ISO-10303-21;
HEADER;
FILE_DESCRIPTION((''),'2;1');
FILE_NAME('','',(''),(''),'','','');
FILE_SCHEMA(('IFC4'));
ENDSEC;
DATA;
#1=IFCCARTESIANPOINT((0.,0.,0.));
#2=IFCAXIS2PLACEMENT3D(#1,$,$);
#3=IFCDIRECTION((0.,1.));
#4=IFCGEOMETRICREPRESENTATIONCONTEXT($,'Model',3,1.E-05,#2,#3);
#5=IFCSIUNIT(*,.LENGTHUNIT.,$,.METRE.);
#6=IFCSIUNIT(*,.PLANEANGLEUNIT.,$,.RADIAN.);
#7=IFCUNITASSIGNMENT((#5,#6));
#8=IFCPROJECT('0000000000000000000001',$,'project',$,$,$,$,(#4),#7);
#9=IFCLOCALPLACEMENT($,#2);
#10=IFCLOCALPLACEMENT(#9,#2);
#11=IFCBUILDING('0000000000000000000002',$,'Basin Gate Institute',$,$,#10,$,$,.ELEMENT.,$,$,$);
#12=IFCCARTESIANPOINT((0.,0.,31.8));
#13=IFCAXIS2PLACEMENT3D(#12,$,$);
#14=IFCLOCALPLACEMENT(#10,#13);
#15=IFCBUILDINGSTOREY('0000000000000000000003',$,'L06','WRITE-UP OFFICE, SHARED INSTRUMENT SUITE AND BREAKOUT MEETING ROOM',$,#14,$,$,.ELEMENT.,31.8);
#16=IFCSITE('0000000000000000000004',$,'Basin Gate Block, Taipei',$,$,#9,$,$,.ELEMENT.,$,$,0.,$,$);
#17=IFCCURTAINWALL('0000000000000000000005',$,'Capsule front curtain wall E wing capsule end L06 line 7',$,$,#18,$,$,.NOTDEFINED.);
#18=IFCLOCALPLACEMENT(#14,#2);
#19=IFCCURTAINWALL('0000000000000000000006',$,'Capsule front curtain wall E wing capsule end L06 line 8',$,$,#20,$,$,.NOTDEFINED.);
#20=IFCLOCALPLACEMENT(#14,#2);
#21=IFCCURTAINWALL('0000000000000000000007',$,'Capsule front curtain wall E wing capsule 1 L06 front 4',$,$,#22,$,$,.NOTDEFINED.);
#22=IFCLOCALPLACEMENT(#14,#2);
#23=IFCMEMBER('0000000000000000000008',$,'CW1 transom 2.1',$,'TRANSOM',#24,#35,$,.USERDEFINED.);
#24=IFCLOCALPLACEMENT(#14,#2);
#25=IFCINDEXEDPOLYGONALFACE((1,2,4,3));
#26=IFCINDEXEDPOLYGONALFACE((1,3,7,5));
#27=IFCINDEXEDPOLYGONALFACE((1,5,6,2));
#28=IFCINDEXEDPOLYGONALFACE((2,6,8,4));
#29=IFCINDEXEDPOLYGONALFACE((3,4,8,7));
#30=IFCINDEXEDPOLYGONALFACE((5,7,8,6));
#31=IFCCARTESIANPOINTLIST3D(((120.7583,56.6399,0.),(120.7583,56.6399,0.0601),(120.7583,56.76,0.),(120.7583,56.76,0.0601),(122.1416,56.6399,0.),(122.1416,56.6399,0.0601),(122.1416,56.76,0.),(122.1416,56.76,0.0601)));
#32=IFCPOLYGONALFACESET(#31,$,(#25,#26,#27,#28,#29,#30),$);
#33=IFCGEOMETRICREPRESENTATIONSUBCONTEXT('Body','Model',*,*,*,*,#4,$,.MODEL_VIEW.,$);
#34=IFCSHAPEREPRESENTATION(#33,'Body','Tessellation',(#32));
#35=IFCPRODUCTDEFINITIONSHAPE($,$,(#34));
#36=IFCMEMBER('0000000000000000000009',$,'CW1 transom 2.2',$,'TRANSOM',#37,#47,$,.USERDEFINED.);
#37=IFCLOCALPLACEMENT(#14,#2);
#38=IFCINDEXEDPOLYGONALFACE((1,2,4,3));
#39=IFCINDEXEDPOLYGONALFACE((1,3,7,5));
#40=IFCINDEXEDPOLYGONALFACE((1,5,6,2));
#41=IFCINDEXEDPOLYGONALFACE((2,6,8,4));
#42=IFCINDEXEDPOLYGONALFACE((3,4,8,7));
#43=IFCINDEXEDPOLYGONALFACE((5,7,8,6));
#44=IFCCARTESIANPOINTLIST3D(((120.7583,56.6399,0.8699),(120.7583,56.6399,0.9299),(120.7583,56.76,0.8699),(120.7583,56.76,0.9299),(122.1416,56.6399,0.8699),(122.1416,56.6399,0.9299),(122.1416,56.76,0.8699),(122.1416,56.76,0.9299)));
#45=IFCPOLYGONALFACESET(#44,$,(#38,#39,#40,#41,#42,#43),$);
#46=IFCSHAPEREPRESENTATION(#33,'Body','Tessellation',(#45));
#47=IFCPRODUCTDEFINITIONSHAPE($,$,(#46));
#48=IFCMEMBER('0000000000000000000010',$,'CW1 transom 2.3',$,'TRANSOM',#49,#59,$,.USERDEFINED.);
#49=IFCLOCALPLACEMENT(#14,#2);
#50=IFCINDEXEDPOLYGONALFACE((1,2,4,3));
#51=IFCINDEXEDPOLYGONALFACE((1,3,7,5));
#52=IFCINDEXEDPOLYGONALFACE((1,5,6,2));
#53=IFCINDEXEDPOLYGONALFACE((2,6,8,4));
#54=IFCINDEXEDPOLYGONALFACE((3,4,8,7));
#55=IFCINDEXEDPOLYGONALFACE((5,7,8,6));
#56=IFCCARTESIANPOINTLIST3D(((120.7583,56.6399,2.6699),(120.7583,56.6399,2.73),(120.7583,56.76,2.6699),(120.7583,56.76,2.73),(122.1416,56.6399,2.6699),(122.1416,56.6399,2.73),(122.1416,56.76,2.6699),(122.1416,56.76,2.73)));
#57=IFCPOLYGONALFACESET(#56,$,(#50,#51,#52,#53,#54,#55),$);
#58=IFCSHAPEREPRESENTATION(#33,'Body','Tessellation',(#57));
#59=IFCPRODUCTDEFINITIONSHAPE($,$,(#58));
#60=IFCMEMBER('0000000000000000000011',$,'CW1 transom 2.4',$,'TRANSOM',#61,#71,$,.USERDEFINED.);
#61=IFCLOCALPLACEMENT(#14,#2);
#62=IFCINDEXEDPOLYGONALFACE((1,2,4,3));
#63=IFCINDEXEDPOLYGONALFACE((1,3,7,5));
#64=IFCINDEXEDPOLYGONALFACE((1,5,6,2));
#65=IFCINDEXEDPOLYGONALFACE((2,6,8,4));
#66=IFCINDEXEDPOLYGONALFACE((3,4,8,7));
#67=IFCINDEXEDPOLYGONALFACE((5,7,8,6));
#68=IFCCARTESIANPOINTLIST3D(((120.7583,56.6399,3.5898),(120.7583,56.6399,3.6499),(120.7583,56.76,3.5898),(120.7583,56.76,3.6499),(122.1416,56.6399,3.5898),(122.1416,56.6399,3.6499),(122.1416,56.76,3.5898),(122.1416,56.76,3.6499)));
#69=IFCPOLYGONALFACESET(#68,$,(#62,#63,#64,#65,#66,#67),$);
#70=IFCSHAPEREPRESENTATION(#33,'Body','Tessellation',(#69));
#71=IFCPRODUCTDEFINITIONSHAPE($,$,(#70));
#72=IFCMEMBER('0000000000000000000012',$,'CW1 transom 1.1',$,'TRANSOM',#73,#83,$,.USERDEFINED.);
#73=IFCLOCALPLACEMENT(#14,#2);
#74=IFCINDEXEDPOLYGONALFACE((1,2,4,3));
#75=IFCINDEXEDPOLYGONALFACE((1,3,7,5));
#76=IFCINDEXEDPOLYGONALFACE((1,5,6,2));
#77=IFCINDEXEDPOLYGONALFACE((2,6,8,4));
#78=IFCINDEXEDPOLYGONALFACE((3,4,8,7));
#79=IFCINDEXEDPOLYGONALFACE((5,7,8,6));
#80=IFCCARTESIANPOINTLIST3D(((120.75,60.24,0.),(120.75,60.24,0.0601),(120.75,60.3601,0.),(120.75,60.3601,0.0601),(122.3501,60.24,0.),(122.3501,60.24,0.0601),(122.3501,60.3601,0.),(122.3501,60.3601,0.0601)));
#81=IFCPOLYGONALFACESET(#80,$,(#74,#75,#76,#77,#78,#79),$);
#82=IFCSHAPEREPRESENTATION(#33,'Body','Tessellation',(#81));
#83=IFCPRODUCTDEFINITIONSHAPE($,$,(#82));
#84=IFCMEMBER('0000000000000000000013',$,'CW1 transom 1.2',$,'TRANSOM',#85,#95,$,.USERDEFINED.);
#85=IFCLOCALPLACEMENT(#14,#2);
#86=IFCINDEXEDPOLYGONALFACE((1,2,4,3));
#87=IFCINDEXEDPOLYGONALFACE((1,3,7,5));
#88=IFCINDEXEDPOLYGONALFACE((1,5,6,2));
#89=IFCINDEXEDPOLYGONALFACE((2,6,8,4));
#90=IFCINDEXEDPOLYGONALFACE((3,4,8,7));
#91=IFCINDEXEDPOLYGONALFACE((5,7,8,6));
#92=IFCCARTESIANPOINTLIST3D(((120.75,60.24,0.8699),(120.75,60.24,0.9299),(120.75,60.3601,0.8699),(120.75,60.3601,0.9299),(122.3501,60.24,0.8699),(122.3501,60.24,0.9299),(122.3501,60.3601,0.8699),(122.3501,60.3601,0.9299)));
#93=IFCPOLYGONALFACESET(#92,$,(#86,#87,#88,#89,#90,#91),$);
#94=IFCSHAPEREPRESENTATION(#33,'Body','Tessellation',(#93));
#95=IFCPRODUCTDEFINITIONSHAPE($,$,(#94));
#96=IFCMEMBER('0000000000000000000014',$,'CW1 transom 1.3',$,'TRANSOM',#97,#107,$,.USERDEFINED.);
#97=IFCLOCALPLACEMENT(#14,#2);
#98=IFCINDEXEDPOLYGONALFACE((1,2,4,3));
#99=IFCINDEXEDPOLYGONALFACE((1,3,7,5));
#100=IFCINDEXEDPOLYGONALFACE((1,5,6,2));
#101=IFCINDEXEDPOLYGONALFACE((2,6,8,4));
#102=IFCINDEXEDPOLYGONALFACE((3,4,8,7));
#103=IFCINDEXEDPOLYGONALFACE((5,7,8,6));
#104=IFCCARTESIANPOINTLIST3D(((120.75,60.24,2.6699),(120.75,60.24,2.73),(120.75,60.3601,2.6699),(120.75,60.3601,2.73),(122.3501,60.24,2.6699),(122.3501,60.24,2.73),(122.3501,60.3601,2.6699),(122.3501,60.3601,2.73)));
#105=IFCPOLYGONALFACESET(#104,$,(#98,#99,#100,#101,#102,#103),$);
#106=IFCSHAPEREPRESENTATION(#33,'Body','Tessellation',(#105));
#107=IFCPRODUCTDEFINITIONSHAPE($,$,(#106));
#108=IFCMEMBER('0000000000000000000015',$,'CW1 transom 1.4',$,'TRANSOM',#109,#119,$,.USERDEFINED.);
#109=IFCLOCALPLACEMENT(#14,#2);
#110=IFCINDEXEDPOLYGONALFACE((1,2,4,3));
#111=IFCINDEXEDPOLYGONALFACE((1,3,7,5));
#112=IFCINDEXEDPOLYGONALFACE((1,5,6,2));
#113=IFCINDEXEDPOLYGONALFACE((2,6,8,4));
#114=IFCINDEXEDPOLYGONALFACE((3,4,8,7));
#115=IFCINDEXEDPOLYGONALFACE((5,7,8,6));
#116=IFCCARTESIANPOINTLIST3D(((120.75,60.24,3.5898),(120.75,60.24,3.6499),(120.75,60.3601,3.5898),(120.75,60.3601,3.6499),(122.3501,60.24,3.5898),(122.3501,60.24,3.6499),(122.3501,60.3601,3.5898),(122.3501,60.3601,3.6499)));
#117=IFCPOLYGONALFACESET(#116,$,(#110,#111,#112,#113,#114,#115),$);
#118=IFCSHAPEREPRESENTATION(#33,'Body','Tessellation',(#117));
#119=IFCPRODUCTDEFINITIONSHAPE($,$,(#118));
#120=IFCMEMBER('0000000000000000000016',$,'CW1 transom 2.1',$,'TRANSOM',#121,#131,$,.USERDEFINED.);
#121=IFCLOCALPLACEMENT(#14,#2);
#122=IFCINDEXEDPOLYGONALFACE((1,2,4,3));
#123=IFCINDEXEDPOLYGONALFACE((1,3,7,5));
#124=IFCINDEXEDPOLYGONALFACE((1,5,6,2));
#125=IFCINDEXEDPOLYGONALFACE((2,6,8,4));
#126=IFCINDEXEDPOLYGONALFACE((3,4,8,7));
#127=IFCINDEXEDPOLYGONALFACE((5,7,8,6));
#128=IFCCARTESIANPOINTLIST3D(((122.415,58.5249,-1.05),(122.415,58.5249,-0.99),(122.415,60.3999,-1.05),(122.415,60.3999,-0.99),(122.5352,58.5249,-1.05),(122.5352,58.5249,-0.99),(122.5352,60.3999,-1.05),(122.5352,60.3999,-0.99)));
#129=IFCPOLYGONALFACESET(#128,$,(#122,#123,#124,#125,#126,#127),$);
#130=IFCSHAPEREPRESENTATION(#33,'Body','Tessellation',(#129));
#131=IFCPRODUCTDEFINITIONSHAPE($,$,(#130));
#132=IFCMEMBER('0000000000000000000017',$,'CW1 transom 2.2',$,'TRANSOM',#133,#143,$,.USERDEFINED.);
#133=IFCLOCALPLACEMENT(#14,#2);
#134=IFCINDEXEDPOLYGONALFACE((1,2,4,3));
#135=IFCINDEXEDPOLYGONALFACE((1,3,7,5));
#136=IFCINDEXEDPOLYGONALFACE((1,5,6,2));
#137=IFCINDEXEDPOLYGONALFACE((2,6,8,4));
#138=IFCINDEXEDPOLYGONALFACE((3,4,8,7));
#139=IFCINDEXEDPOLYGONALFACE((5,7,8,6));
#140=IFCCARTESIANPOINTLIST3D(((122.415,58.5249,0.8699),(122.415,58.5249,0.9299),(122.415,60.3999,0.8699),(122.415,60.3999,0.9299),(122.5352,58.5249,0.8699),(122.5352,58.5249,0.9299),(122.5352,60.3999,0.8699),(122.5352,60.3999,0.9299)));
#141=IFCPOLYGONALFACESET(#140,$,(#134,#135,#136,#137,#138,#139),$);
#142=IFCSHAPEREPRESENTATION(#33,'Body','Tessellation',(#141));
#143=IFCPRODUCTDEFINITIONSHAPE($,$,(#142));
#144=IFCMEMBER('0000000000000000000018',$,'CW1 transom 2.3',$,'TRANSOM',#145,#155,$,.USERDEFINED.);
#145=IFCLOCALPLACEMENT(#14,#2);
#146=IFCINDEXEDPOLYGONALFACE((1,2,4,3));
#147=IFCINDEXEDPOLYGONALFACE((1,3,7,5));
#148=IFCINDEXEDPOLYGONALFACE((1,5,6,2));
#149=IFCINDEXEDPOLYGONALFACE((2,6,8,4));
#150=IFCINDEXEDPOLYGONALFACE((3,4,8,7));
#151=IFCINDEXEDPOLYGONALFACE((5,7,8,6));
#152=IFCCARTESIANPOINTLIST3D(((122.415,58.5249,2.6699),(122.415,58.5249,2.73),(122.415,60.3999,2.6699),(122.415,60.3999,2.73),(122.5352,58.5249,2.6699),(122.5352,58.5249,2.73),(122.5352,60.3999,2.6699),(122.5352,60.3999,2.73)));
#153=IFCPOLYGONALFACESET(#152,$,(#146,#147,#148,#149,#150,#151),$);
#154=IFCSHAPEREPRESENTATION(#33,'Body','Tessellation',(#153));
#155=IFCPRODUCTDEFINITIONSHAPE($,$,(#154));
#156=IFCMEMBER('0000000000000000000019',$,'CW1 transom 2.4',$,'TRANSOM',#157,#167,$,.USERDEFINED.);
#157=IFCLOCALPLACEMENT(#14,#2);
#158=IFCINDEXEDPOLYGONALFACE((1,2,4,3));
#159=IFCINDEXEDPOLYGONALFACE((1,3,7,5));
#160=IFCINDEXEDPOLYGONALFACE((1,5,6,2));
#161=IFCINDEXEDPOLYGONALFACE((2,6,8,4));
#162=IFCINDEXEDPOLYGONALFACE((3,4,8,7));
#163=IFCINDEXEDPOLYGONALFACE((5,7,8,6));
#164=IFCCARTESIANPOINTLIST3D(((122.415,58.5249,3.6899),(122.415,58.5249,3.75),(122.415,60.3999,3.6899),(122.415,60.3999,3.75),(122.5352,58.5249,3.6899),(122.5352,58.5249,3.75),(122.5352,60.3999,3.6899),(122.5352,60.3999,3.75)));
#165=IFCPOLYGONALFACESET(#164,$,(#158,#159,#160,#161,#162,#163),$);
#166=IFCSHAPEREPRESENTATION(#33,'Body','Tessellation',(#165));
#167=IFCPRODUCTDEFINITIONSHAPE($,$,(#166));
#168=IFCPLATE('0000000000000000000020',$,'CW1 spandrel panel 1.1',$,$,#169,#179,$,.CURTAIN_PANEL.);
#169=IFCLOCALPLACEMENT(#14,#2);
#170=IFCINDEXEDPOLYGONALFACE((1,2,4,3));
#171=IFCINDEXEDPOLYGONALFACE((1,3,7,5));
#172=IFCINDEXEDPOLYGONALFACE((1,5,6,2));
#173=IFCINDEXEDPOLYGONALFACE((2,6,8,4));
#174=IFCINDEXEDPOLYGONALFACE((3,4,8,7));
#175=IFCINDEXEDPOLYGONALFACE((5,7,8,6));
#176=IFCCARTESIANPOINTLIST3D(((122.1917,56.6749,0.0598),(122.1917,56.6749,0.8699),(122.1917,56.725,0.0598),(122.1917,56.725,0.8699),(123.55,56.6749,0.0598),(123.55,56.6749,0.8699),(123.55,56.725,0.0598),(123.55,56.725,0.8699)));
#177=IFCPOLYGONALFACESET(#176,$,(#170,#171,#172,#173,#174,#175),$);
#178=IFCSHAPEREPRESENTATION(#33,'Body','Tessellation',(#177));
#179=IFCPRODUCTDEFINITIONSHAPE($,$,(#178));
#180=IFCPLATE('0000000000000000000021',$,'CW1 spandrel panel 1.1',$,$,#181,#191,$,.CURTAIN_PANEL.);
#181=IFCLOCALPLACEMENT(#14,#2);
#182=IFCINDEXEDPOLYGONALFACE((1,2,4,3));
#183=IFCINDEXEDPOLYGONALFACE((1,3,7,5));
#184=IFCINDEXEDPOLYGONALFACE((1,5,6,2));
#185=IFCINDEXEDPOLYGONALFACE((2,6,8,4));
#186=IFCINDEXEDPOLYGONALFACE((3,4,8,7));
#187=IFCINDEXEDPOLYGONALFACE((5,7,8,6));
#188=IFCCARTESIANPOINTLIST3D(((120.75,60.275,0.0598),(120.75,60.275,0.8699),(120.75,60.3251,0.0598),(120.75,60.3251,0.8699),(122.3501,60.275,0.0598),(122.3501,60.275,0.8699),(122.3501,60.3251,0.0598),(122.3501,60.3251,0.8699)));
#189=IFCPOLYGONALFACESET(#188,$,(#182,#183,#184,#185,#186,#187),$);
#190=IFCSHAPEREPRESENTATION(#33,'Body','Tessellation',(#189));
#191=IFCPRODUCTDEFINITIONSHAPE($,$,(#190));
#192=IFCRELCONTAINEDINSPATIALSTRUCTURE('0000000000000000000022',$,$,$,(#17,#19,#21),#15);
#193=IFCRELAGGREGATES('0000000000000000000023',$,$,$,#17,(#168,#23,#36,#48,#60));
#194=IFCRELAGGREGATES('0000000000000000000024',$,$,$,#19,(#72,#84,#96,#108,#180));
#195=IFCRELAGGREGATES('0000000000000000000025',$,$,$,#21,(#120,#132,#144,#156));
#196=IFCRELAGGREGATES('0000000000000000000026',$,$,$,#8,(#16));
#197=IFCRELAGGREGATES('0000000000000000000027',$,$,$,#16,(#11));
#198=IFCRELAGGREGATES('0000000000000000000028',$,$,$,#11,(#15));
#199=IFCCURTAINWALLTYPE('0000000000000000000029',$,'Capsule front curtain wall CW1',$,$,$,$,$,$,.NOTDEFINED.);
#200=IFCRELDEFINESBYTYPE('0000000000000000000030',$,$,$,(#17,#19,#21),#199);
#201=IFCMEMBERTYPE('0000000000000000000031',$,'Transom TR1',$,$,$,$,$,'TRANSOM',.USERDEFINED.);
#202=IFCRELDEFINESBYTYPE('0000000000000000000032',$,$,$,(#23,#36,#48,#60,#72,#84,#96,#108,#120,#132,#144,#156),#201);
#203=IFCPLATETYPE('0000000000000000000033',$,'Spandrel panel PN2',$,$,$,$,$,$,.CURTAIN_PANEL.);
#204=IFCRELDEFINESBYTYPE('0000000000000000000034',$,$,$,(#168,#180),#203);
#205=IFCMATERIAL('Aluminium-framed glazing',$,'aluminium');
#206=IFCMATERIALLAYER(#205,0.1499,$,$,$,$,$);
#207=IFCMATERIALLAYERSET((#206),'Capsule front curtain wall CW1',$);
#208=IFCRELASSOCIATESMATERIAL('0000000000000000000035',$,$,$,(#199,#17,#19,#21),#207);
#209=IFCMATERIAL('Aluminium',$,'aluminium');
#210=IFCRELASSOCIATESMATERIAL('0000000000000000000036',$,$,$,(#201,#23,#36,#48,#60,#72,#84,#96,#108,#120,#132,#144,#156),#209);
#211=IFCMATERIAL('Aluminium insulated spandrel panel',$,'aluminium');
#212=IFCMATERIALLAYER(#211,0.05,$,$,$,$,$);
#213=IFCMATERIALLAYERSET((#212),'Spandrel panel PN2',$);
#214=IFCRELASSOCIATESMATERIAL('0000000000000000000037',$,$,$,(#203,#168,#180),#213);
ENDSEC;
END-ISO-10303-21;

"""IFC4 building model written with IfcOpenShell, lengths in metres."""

from ifc_helpers import new_model, si_unit, direction, frame, origin, origin_2d, place, context, subcontext, project, spatial, rectangle, extrude, material, layer, layer_set, material_profile, profile_set, type_object, element, aggregate, save


model = new_model("IFC4")

# Units and contexts
model_context = context("Model", 3, precision=1e-05, world=origin(), true_north=direction((0.0, 1.0)))
body_context = subcontext(model_context, "Body", "Model", "MODEL_VIEW")
ifc_project = project(units=[si_unit("LENGTHUNIT", "METRE"), si_unit("PLANEANGLEUNIT", "RADIAN")], contexts=[model_context])

# Site, building, storey
site_placement = place(None, origin())
site = spatial("IfcSite", under=ifc_project, at=site_placement, Name="Basin Gate Block, Taipei", CompositionType="ELEMENT", RefElevation=0.0)
building_placement = place(site_placement, origin())
building = spatial("IfcBuilding", under=site, at=building_placement, Name="Basin Gate Institute", CompositionType="ELEMENT")
storey_placement = place(building_placement, frame((0.0, 0.0, 31.8)))
storey = spatial("IfcBuildingStorey", under=building, at=storey_placement, Name="L06", Description="WRITE-UP OFFICE, SHARED INSTRUMENT SUITE AND BREAKOUT MEETING ROOM", CompositionType="ELEMENT", Elevation=31.8)

# Curtain walls
ifc_material_1 = material(Name="Aluminium-framed glazing", Category="aluminium")
ifc_layer_1 = layer(ifc_material_1, 0.1499)
ifc_layer_set_1 = layer_set([ifc_layer_1], Name="Capsule front curtain wall CW1")
curtain_wall_type = type_object("IfcCurtainWallType", Name="Capsule front curtain wall CW1", PredefinedType="NOTDEFINED", material=ifc_layer_set_1)
curtain_wall_1_placement = place(storey_placement, origin())
curtain_wall_1 = element("IfcCurtainWall", 1, at=curtain_wall_1_placement, inside=storey, type_object=curtain_wall_type, material=ifc_layer_set_1, Name="Capsule front curtain wall E wing capsule end L06 line 7", PredefinedType="NOTDEFINED")
curtain_wall_2_placement = place(storey_placement, origin())
curtain_wall_2 = element("IfcCurtainWall", 2, at=curtain_wall_2_placement, inside=storey, type_object=curtain_wall_type, material=ifc_layer_set_1, Name="Capsule front curtain wall E wing capsule end L06 line 8", PredefinedType="NOTDEFINED")

# Curtain wall
curtain_wall_3_placement = place(storey_placement, origin())
curtain_wall_3 = element("IfcCurtainWall", 3, at=curtain_wall_3_placement, inside=storey, type_object=curtain_wall_type, material=ifc_layer_set_1, Name="Capsule front curtain wall E wing capsule 1 L06 front 4", PredefinedType="NOTDEFINED")

# Members
ifc_material_2 = material(Name="Aluminium", Category="aluminium")
ifc_material_profile_1 = material_profile(ifc_material_2, rectangle(XDim=0.1201, YDim=0.0601, at=origin_2d()), Name="Transom TR1 120 x 60")
ifc_profile_set_1 = profile_set([ifc_material_profile_1], Name="Aluminium")
member_type_1 = type_object("IfcMemberType", Name="Transom TR1", ElementType="TRANSOM", PredefinedType="USERDEFINED", material=ifc_profile_set_1)
member_1_placement = place(storey_placement, frame((122.1416, 56.7, 0.03), z_axis=(-1.0, 0.0, 0.0), x_axis=(0.0, -1.0, 0.0)))
member_1 = element("IfcMember", 4, at=member_1_placement, type_object=member_type_1, material=ifc_profile_set_1, Name="CW1 transom 2.1", ObjectType="TRANSOM", PredefinedType="USERDEFINED", context=body_context, shape_type="SweptSolid", body=[
    extrude(rectangle(XDim=0.1201, YDim=0.0601, at=origin_2d()), origin(), (0.0, 0.0, 1.0), 1.3833),
])
member_2_placement = place(storey_placement, frame((122.1416, 56.7, 0.8999), z_axis=(-1.0, 0.0, 0.0), x_axis=(0.0, -1.0, 0.0)))
member_2 = element("IfcMember", 5, at=member_2_placement, type_object=member_type_1, material=ifc_profile_set_1, Name="CW1 transom 2.2", ObjectType="TRANSOM", PredefinedType="USERDEFINED", context=body_context, shape_type="SweptSolid", body=[
    extrude(rectangle(XDim=0.1201, YDim=0.0601, at=origin_2d()), origin(), (0.0, 0.0, 1.0), 1.3833),
])
member_3_placement = place(storey_placement, frame((122.1416, 56.7, 2.7), z_axis=(-1.0, 0.0, 0.0), x_axis=(0.0, -1.0, 0.0)))
member_3 = element("IfcMember", 6, at=member_3_placement, type_object=member_type_1, material=ifc_profile_set_1, Name="CW1 transom 2.3", ObjectType="TRANSOM", PredefinedType="USERDEFINED", context=body_context, shape_type="SweptSolid", body=[
    extrude(rectangle(XDim=0.1201, YDim=0.0601, at=origin_2d()), origin(), (0.0, 0.0, 1.0), 1.3833),
])
member_4_placement = place(storey_placement, frame((122.1416, 56.7, 3.6199), z_axis=(-1.0, 0.0, 0.0), x_axis=(0.0, -1.0, 0.0)))
member_4 = element("IfcMember", 7, at=member_4_placement, type_object=member_type_1, material=ifc_profile_set_1, Name="CW1 transom 2.4", ObjectType="TRANSOM", PredefinedType="USERDEFINED", context=body_context, shape_type="SweptSolid", body=[
    extrude(rectangle(XDim=0.1201, YDim=0.0601, at=origin_2d()), origin(), (0.0, 0.0, 1.0), 1.3833),
])
member_5_placement = place(storey_placement, frame((122.3501, 60.3, 0.03), z_axis=(-1.0, 0.0, 0.0), x_axis=(0.0, -1.0, 0.0)))
member_5 = element("IfcMember", 8, at=member_5_placement, type_object=member_type_1, material=ifc_profile_set_1, Name="CW1 transom 1.1", ObjectType="TRANSOM", PredefinedType="USERDEFINED", context=body_context, shape_type="SweptSolid", body=[
    extrude(rectangle(XDim=0.1201, YDim=0.0601, at=origin_2d()), origin(), (0.0, 0.0, 1.0), 1.6001),
])
member_6_placement = place(storey_placement, frame((122.3501, 60.3, 0.8999), z_axis=(-1.0, 0.0, 0.0), x_axis=(0.0, -1.0, 0.0)))
member_6 = element("IfcMember", 9, at=member_6_placement, type_object=member_type_1, material=ifc_profile_set_1, Name="CW1 transom 1.2", ObjectType="TRANSOM", PredefinedType="USERDEFINED", context=body_context, shape_type="SweptSolid", body=[
    extrude(rectangle(XDim=0.1201, YDim=0.0601, at=origin_2d()), origin(), (0.0, 0.0, 1.0), 1.6001),
])
member_7_placement = place(storey_placement, frame((122.3501, 60.3, 2.7), z_axis=(-1.0, 0.0, 0.0), x_axis=(0.0, -1.0, 0.0)))
member_7 = element("IfcMember", 10, at=member_7_placement, type_object=member_type_1, material=ifc_profile_set_1, Name="CW1 transom 1.3", ObjectType="TRANSOM", PredefinedType="USERDEFINED", context=body_context, shape_type="SweptSolid", body=[
    extrude(rectangle(XDim=0.1201, YDim=0.0601, at=origin_2d()), origin(), (0.0, 0.0, 1.0), 1.6001),
])
member_8_placement = place(storey_placement, frame((122.3501, 60.3, 3.6199), z_axis=(-1.0, 0.0, 0.0), x_axis=(0.0, -1.0, 0.0)))
member_8 = element("IfcMember", 11, at=member_8_placement, type_object=member_type_1, material=ifc_profile_set_1, Name="CW1 transom 1.4", ObjectType="TRANSOM", PredefinedType="USERDEFINED", context=body_context, shape_type="SweptSolid", body=[
    extrude(rectangle(XDim=0.1201, YDim=0.0601, at=origin_2d()), origin(), (0.0, 0.0, 1.0), 1.6001),
])
member_9_placement = place(storey_placement, frame((122.4751, 58.5249, -1.02), z_axis=(0.0, 1.0, 0.0), x_axis=(-1.0, 0.0, 0.0)))
member_9 = element("IfcMember", 12, at=member_9_placement, type_object=member_type_1, material=ifc_profile_set_1, Name="CW1 transom 2.1", ObjectType="TRANSOM", PredefinedType="USERDEFINED", context=body_context, shape_type="SweptSolid", body=[
    extrude(rectangle(XDim=0.1201, YDim=0.0601, at=origin_2d()), origin(), (0.0, 0.0, 1.0), 1.875),
])
member_10_placement = place(storey_placement, frame((122.4751, 58.5249, 0.8999), z_axis=(0.0, 1.0, 0.0), x_axis=(-1.0, 0.0, 0.0)))
member_10 = element("IfcMember", 13, at=member_10_placement, type_object=member_type_1, material=ifc_profile_set_1, Name="CW1 transom 2.2", ObjectType="TRANSOM", PredefinedType="USERDEFINED", context=body_context, shape_type="SweptSolid", body=[
    extrude(rectangle(XDim=0.1201, YDim=0.0601, at=origin_2d()), origin(), (0.0, 0.0, 1.0), 1.875),
])
member_11_placement = place(storey_placement, frame((122.4751, 58.5249, 2.7), z_axis=(0.0, 1.0, 0.0), x_axis=(-1.0, 0.0, 0.0)))
member_11 = element("IfcMember", 14, at=member_11_placement, type_object=member_type_1, material=ifc_profile_set_1, Name="CW1 transom 2.3", ObjectType="TRANSOM", PredefinedType="USERDEFINED", context=body_context, shape_type="SweptSolid", body=[
    extrude(rectangle(XDim=0.1201, YDim=0.0601, at=origin_2d()), origin(), (0.0, 0.0, 1.0), 1.875),
])
member_12_placement = place(storey_placement, frame((122.4751, 58.5249, 3.72), z_axis=(0.0, 1.0, 0.0), x_axis=(-1.0, 0.0, 0.0)))
member_12 = element("IfcMember", 15, at=member_12_placement, type_object=member_type_1, material=ifc_profile_set_1, Name="CW1 transom 2.4", ObjectType="TRANSOM", PredefinedType="USERDEFINED", context=body_context, shape_type="SweptSolid", body=[
    extrude(rectangle(XDim=0.1201, YDim=0.0601, at=origin_2d()), origin(), (0.0, 0.0, 1.0), 1.875),
])

# Plates
ifc_material_3 = material(Name="Aluminium insulated spandrel panel", Category="aluminium")
ifc_layer_2 = layer(ifc_material_3, 0.05)
ifc_layer_set_2 = layer_set([ifc_layer_2], Name="Spandrel panel PN2")
plate_type_1 = type_object("IfcPlateType", Name="Spandrel panel PN2", PredefinedType="CURTAIN_PANEL", material=ifc_layer_set_2)
plate_1_placement = place(storey_placement, frame((122.8708, 56.7, 0.0598), z_axis=(0.0, 0.0, 1.0), x_axis=(-1.0, 0.0, 0.0)))
plate_1 = element("IfcPlate", 16, at=plate_1_placement, type_object=plate_type_1, material=ifc_layer_set_2, Name="CW1 spandrel panel 1.1", PredefinedType="CURTAIN_PANEL", context=body_context, shape_type="SweptSolid", body=[
    extrude(rectangle(XDim=1.3584, YDim=0.05, at=origin_2d()), origin(), (0.0, 0.0, 1.0), 0.8101),
])
plate_2_placement = place(storey_placement, frame((121.55, 60.3, 0.0598), z_axis=(0.0, 0.0, 1.0), x_axis=(-1.0, 0.0, 0.0)))
plate_2 = element("IfcPlate", 17, at=plate_2_placement, type_object=plate_type_1, material=ifc_layer_set_2, Name="CW1 spandrel panel 1.1", PredefinedType="CURTAIN_PANEL", context=body_context, shape_type="SweptSolid", body=[
    extrude(rectangle(XDim=1.6001, YDim=0.05, at=origin_2d()), origin(), (0.0, 0.0, 1.0), 0.8101),
])
aggregate(curtain_wall_1, [plate_1, member_1, member_2, member_3, member_4])
aggregate(curtain_wall_2, [member_5, member_6, member_7, member_8, plate_2])
aggregate(curtain_wall_3, [member_9, member_10, member_11, member_12])

save(model, "model.ifc")
